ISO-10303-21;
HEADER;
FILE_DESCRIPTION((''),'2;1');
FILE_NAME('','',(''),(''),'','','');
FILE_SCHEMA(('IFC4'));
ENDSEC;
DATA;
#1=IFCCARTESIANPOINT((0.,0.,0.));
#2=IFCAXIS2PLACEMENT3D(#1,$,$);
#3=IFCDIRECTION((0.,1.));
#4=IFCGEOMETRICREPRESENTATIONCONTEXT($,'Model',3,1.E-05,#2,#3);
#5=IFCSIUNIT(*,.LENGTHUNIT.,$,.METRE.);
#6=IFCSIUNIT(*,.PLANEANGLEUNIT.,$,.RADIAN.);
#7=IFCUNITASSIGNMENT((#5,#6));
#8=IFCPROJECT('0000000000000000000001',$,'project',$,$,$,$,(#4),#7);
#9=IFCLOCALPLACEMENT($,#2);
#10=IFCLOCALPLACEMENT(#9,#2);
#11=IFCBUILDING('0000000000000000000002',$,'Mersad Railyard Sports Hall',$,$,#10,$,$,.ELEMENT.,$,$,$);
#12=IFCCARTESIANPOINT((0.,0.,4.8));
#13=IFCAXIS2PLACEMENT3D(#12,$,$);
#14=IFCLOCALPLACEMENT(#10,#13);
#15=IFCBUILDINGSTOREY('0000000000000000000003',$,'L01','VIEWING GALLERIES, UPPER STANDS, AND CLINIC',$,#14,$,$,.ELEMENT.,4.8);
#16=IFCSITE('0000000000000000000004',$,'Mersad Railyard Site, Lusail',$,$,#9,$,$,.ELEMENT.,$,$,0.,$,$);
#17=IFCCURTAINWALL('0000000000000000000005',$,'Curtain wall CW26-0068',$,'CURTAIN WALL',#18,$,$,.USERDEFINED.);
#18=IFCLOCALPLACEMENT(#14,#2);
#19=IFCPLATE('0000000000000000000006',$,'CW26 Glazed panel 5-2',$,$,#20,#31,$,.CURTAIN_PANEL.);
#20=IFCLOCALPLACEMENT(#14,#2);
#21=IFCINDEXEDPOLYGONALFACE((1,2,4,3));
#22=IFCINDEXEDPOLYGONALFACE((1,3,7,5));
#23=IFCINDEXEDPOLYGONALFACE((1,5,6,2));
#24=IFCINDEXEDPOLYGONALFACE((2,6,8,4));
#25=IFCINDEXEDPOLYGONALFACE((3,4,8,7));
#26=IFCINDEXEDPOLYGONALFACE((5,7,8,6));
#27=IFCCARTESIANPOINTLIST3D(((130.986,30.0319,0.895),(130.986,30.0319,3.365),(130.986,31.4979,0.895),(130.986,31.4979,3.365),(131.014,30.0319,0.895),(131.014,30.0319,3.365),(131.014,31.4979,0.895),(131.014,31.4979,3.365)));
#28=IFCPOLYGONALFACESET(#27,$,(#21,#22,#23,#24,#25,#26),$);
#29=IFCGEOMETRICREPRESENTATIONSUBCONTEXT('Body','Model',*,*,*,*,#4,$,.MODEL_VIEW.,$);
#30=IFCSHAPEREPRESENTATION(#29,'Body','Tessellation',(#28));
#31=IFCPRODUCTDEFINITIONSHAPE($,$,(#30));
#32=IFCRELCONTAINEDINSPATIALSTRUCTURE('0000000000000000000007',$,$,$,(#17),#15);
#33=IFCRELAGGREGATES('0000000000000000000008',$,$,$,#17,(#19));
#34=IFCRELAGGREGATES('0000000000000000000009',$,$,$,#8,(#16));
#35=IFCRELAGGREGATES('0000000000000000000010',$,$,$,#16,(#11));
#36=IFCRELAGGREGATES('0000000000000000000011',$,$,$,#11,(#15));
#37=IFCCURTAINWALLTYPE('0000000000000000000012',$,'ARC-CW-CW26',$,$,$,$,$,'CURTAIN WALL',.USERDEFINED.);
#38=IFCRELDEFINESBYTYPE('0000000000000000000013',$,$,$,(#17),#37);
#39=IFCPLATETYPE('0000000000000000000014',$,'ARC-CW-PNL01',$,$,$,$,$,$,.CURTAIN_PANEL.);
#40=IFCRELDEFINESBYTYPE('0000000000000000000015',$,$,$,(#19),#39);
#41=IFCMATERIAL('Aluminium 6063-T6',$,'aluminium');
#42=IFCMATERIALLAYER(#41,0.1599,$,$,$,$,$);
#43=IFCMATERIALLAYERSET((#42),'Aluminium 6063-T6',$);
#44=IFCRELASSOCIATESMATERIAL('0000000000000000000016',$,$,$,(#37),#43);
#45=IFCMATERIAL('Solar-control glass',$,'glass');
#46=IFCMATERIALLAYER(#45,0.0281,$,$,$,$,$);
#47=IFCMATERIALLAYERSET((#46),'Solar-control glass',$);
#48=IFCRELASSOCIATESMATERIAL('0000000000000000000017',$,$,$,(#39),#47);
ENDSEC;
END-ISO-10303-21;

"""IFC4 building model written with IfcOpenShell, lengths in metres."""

from ifc_helpers import new_model, si_unit, direction, frame, origin, origin_2d, place, context, subcontext, project, spatial, rectangle, extrude, material, layer, layer_set, type_object, element, aggregate, save


model = new_model("IFC4")

# Units and contexts
model_context = context("Model", 3, precision=1e-05, world=origin(), true_north=direction((0.0, 1.0)))
body_context = subcontext(model_context, "Body", "Model", "MODEL_VIEW")
ifc_project = project(units=[si_unit("LENGTHUNIT", "METRE"), si_unit("PLANEANGLEUNIT", "RADIAN")], contexts=[model_context])

# Site, building, storey
site_placement = place(None, origin())
site = spatial("IfcSite", under=ifc_project, at=site_placement, Name="Mersad Railyard Site, Lusail", CompositionType="ELEMENT", RefElevation=0.0)
building_placement = place(site_placement, origin())
building = spatial("IfcBuilding", under=site, at=building_placement, Name="Mersad Railyard Sports Hall", CompositionType="ELEMENT")
storey_placement = place(building_placement, frame((0.0, 0.0, 4.8)))
storey = spatial("IfcBuildingStorey", under=building, at=storey_placement, Name="L01", Description="VIEWING GALLERIES, UPPER STANDS, AND CLINIC", CompositionType="ELEMENT", Elevation=4.8)

# Shared definitions
ifc_material_1 = material(Name="Aluminium 6063-T6", Category="aluminium")

# Curtain wall
ifc_layer_1 = layer(ifc_material_1, 0.1599)
ifc_layer_set_1 = layer_set([ifc_layer_1], Name="Aluminium 6063-T6")
curtain_wall_type_1 = type_object("IfcCurtainWallType", Name="ARC-CW-CW26", ElementType="CURTAIN WALL", PredefinedType="USERDEFINED", material=ifc_layer_set_1)
curtain_wall_1_placement = place(storey_placement, origin())
curtain_wall_1 = element("IfcCurtainWall", 1, at=curtain_wall_1_placement, inside=storey, type_object=curtain_wall_type_1, Name="Curtain wall CW26-0068", ObjectType="CURTAIN WALL", PredefinedType="USERDEFINED")

# Plate
ifc_material_2 = material(Name="Solar-control glass", Category="glass")
ifc_layer_2 = layer(ifc_material_2, 0.0281)
ifc_layer_set_2 = layer_set([ifc_layer_2], Name="Solar-control glass")
plate_type = type_object("IfcPlateType", Name="ARC-CW-PNL01", PredefinedType="CURTAIN_PANEL", material=ifc_layer_set_2)
plate_1_placement = place(storey_placement, frame((131.0, 30.7649, 0.895), z_axis=(0.0, 0.0, 1.0), x_axis=(0.0, 1.0, 0.0)))
plate_1 = element("IfcPlate", 2, at=plate_1_placement, type_object=plate_type, Name="CW26 Glazed panel 5-2", PredefinedType="CURTAIN_PANEL", context=body_context, shape_type="SweptSolid", body=[
    extrude(rectangle(XDim=1.4661, YDim=0.0281, at=origin_2d()), origin(), (0.0, 0.0, 1.0), 2.47),
])
aggregate(curtain_wall_1, [plate_1])

save(model, "model.ifc")
